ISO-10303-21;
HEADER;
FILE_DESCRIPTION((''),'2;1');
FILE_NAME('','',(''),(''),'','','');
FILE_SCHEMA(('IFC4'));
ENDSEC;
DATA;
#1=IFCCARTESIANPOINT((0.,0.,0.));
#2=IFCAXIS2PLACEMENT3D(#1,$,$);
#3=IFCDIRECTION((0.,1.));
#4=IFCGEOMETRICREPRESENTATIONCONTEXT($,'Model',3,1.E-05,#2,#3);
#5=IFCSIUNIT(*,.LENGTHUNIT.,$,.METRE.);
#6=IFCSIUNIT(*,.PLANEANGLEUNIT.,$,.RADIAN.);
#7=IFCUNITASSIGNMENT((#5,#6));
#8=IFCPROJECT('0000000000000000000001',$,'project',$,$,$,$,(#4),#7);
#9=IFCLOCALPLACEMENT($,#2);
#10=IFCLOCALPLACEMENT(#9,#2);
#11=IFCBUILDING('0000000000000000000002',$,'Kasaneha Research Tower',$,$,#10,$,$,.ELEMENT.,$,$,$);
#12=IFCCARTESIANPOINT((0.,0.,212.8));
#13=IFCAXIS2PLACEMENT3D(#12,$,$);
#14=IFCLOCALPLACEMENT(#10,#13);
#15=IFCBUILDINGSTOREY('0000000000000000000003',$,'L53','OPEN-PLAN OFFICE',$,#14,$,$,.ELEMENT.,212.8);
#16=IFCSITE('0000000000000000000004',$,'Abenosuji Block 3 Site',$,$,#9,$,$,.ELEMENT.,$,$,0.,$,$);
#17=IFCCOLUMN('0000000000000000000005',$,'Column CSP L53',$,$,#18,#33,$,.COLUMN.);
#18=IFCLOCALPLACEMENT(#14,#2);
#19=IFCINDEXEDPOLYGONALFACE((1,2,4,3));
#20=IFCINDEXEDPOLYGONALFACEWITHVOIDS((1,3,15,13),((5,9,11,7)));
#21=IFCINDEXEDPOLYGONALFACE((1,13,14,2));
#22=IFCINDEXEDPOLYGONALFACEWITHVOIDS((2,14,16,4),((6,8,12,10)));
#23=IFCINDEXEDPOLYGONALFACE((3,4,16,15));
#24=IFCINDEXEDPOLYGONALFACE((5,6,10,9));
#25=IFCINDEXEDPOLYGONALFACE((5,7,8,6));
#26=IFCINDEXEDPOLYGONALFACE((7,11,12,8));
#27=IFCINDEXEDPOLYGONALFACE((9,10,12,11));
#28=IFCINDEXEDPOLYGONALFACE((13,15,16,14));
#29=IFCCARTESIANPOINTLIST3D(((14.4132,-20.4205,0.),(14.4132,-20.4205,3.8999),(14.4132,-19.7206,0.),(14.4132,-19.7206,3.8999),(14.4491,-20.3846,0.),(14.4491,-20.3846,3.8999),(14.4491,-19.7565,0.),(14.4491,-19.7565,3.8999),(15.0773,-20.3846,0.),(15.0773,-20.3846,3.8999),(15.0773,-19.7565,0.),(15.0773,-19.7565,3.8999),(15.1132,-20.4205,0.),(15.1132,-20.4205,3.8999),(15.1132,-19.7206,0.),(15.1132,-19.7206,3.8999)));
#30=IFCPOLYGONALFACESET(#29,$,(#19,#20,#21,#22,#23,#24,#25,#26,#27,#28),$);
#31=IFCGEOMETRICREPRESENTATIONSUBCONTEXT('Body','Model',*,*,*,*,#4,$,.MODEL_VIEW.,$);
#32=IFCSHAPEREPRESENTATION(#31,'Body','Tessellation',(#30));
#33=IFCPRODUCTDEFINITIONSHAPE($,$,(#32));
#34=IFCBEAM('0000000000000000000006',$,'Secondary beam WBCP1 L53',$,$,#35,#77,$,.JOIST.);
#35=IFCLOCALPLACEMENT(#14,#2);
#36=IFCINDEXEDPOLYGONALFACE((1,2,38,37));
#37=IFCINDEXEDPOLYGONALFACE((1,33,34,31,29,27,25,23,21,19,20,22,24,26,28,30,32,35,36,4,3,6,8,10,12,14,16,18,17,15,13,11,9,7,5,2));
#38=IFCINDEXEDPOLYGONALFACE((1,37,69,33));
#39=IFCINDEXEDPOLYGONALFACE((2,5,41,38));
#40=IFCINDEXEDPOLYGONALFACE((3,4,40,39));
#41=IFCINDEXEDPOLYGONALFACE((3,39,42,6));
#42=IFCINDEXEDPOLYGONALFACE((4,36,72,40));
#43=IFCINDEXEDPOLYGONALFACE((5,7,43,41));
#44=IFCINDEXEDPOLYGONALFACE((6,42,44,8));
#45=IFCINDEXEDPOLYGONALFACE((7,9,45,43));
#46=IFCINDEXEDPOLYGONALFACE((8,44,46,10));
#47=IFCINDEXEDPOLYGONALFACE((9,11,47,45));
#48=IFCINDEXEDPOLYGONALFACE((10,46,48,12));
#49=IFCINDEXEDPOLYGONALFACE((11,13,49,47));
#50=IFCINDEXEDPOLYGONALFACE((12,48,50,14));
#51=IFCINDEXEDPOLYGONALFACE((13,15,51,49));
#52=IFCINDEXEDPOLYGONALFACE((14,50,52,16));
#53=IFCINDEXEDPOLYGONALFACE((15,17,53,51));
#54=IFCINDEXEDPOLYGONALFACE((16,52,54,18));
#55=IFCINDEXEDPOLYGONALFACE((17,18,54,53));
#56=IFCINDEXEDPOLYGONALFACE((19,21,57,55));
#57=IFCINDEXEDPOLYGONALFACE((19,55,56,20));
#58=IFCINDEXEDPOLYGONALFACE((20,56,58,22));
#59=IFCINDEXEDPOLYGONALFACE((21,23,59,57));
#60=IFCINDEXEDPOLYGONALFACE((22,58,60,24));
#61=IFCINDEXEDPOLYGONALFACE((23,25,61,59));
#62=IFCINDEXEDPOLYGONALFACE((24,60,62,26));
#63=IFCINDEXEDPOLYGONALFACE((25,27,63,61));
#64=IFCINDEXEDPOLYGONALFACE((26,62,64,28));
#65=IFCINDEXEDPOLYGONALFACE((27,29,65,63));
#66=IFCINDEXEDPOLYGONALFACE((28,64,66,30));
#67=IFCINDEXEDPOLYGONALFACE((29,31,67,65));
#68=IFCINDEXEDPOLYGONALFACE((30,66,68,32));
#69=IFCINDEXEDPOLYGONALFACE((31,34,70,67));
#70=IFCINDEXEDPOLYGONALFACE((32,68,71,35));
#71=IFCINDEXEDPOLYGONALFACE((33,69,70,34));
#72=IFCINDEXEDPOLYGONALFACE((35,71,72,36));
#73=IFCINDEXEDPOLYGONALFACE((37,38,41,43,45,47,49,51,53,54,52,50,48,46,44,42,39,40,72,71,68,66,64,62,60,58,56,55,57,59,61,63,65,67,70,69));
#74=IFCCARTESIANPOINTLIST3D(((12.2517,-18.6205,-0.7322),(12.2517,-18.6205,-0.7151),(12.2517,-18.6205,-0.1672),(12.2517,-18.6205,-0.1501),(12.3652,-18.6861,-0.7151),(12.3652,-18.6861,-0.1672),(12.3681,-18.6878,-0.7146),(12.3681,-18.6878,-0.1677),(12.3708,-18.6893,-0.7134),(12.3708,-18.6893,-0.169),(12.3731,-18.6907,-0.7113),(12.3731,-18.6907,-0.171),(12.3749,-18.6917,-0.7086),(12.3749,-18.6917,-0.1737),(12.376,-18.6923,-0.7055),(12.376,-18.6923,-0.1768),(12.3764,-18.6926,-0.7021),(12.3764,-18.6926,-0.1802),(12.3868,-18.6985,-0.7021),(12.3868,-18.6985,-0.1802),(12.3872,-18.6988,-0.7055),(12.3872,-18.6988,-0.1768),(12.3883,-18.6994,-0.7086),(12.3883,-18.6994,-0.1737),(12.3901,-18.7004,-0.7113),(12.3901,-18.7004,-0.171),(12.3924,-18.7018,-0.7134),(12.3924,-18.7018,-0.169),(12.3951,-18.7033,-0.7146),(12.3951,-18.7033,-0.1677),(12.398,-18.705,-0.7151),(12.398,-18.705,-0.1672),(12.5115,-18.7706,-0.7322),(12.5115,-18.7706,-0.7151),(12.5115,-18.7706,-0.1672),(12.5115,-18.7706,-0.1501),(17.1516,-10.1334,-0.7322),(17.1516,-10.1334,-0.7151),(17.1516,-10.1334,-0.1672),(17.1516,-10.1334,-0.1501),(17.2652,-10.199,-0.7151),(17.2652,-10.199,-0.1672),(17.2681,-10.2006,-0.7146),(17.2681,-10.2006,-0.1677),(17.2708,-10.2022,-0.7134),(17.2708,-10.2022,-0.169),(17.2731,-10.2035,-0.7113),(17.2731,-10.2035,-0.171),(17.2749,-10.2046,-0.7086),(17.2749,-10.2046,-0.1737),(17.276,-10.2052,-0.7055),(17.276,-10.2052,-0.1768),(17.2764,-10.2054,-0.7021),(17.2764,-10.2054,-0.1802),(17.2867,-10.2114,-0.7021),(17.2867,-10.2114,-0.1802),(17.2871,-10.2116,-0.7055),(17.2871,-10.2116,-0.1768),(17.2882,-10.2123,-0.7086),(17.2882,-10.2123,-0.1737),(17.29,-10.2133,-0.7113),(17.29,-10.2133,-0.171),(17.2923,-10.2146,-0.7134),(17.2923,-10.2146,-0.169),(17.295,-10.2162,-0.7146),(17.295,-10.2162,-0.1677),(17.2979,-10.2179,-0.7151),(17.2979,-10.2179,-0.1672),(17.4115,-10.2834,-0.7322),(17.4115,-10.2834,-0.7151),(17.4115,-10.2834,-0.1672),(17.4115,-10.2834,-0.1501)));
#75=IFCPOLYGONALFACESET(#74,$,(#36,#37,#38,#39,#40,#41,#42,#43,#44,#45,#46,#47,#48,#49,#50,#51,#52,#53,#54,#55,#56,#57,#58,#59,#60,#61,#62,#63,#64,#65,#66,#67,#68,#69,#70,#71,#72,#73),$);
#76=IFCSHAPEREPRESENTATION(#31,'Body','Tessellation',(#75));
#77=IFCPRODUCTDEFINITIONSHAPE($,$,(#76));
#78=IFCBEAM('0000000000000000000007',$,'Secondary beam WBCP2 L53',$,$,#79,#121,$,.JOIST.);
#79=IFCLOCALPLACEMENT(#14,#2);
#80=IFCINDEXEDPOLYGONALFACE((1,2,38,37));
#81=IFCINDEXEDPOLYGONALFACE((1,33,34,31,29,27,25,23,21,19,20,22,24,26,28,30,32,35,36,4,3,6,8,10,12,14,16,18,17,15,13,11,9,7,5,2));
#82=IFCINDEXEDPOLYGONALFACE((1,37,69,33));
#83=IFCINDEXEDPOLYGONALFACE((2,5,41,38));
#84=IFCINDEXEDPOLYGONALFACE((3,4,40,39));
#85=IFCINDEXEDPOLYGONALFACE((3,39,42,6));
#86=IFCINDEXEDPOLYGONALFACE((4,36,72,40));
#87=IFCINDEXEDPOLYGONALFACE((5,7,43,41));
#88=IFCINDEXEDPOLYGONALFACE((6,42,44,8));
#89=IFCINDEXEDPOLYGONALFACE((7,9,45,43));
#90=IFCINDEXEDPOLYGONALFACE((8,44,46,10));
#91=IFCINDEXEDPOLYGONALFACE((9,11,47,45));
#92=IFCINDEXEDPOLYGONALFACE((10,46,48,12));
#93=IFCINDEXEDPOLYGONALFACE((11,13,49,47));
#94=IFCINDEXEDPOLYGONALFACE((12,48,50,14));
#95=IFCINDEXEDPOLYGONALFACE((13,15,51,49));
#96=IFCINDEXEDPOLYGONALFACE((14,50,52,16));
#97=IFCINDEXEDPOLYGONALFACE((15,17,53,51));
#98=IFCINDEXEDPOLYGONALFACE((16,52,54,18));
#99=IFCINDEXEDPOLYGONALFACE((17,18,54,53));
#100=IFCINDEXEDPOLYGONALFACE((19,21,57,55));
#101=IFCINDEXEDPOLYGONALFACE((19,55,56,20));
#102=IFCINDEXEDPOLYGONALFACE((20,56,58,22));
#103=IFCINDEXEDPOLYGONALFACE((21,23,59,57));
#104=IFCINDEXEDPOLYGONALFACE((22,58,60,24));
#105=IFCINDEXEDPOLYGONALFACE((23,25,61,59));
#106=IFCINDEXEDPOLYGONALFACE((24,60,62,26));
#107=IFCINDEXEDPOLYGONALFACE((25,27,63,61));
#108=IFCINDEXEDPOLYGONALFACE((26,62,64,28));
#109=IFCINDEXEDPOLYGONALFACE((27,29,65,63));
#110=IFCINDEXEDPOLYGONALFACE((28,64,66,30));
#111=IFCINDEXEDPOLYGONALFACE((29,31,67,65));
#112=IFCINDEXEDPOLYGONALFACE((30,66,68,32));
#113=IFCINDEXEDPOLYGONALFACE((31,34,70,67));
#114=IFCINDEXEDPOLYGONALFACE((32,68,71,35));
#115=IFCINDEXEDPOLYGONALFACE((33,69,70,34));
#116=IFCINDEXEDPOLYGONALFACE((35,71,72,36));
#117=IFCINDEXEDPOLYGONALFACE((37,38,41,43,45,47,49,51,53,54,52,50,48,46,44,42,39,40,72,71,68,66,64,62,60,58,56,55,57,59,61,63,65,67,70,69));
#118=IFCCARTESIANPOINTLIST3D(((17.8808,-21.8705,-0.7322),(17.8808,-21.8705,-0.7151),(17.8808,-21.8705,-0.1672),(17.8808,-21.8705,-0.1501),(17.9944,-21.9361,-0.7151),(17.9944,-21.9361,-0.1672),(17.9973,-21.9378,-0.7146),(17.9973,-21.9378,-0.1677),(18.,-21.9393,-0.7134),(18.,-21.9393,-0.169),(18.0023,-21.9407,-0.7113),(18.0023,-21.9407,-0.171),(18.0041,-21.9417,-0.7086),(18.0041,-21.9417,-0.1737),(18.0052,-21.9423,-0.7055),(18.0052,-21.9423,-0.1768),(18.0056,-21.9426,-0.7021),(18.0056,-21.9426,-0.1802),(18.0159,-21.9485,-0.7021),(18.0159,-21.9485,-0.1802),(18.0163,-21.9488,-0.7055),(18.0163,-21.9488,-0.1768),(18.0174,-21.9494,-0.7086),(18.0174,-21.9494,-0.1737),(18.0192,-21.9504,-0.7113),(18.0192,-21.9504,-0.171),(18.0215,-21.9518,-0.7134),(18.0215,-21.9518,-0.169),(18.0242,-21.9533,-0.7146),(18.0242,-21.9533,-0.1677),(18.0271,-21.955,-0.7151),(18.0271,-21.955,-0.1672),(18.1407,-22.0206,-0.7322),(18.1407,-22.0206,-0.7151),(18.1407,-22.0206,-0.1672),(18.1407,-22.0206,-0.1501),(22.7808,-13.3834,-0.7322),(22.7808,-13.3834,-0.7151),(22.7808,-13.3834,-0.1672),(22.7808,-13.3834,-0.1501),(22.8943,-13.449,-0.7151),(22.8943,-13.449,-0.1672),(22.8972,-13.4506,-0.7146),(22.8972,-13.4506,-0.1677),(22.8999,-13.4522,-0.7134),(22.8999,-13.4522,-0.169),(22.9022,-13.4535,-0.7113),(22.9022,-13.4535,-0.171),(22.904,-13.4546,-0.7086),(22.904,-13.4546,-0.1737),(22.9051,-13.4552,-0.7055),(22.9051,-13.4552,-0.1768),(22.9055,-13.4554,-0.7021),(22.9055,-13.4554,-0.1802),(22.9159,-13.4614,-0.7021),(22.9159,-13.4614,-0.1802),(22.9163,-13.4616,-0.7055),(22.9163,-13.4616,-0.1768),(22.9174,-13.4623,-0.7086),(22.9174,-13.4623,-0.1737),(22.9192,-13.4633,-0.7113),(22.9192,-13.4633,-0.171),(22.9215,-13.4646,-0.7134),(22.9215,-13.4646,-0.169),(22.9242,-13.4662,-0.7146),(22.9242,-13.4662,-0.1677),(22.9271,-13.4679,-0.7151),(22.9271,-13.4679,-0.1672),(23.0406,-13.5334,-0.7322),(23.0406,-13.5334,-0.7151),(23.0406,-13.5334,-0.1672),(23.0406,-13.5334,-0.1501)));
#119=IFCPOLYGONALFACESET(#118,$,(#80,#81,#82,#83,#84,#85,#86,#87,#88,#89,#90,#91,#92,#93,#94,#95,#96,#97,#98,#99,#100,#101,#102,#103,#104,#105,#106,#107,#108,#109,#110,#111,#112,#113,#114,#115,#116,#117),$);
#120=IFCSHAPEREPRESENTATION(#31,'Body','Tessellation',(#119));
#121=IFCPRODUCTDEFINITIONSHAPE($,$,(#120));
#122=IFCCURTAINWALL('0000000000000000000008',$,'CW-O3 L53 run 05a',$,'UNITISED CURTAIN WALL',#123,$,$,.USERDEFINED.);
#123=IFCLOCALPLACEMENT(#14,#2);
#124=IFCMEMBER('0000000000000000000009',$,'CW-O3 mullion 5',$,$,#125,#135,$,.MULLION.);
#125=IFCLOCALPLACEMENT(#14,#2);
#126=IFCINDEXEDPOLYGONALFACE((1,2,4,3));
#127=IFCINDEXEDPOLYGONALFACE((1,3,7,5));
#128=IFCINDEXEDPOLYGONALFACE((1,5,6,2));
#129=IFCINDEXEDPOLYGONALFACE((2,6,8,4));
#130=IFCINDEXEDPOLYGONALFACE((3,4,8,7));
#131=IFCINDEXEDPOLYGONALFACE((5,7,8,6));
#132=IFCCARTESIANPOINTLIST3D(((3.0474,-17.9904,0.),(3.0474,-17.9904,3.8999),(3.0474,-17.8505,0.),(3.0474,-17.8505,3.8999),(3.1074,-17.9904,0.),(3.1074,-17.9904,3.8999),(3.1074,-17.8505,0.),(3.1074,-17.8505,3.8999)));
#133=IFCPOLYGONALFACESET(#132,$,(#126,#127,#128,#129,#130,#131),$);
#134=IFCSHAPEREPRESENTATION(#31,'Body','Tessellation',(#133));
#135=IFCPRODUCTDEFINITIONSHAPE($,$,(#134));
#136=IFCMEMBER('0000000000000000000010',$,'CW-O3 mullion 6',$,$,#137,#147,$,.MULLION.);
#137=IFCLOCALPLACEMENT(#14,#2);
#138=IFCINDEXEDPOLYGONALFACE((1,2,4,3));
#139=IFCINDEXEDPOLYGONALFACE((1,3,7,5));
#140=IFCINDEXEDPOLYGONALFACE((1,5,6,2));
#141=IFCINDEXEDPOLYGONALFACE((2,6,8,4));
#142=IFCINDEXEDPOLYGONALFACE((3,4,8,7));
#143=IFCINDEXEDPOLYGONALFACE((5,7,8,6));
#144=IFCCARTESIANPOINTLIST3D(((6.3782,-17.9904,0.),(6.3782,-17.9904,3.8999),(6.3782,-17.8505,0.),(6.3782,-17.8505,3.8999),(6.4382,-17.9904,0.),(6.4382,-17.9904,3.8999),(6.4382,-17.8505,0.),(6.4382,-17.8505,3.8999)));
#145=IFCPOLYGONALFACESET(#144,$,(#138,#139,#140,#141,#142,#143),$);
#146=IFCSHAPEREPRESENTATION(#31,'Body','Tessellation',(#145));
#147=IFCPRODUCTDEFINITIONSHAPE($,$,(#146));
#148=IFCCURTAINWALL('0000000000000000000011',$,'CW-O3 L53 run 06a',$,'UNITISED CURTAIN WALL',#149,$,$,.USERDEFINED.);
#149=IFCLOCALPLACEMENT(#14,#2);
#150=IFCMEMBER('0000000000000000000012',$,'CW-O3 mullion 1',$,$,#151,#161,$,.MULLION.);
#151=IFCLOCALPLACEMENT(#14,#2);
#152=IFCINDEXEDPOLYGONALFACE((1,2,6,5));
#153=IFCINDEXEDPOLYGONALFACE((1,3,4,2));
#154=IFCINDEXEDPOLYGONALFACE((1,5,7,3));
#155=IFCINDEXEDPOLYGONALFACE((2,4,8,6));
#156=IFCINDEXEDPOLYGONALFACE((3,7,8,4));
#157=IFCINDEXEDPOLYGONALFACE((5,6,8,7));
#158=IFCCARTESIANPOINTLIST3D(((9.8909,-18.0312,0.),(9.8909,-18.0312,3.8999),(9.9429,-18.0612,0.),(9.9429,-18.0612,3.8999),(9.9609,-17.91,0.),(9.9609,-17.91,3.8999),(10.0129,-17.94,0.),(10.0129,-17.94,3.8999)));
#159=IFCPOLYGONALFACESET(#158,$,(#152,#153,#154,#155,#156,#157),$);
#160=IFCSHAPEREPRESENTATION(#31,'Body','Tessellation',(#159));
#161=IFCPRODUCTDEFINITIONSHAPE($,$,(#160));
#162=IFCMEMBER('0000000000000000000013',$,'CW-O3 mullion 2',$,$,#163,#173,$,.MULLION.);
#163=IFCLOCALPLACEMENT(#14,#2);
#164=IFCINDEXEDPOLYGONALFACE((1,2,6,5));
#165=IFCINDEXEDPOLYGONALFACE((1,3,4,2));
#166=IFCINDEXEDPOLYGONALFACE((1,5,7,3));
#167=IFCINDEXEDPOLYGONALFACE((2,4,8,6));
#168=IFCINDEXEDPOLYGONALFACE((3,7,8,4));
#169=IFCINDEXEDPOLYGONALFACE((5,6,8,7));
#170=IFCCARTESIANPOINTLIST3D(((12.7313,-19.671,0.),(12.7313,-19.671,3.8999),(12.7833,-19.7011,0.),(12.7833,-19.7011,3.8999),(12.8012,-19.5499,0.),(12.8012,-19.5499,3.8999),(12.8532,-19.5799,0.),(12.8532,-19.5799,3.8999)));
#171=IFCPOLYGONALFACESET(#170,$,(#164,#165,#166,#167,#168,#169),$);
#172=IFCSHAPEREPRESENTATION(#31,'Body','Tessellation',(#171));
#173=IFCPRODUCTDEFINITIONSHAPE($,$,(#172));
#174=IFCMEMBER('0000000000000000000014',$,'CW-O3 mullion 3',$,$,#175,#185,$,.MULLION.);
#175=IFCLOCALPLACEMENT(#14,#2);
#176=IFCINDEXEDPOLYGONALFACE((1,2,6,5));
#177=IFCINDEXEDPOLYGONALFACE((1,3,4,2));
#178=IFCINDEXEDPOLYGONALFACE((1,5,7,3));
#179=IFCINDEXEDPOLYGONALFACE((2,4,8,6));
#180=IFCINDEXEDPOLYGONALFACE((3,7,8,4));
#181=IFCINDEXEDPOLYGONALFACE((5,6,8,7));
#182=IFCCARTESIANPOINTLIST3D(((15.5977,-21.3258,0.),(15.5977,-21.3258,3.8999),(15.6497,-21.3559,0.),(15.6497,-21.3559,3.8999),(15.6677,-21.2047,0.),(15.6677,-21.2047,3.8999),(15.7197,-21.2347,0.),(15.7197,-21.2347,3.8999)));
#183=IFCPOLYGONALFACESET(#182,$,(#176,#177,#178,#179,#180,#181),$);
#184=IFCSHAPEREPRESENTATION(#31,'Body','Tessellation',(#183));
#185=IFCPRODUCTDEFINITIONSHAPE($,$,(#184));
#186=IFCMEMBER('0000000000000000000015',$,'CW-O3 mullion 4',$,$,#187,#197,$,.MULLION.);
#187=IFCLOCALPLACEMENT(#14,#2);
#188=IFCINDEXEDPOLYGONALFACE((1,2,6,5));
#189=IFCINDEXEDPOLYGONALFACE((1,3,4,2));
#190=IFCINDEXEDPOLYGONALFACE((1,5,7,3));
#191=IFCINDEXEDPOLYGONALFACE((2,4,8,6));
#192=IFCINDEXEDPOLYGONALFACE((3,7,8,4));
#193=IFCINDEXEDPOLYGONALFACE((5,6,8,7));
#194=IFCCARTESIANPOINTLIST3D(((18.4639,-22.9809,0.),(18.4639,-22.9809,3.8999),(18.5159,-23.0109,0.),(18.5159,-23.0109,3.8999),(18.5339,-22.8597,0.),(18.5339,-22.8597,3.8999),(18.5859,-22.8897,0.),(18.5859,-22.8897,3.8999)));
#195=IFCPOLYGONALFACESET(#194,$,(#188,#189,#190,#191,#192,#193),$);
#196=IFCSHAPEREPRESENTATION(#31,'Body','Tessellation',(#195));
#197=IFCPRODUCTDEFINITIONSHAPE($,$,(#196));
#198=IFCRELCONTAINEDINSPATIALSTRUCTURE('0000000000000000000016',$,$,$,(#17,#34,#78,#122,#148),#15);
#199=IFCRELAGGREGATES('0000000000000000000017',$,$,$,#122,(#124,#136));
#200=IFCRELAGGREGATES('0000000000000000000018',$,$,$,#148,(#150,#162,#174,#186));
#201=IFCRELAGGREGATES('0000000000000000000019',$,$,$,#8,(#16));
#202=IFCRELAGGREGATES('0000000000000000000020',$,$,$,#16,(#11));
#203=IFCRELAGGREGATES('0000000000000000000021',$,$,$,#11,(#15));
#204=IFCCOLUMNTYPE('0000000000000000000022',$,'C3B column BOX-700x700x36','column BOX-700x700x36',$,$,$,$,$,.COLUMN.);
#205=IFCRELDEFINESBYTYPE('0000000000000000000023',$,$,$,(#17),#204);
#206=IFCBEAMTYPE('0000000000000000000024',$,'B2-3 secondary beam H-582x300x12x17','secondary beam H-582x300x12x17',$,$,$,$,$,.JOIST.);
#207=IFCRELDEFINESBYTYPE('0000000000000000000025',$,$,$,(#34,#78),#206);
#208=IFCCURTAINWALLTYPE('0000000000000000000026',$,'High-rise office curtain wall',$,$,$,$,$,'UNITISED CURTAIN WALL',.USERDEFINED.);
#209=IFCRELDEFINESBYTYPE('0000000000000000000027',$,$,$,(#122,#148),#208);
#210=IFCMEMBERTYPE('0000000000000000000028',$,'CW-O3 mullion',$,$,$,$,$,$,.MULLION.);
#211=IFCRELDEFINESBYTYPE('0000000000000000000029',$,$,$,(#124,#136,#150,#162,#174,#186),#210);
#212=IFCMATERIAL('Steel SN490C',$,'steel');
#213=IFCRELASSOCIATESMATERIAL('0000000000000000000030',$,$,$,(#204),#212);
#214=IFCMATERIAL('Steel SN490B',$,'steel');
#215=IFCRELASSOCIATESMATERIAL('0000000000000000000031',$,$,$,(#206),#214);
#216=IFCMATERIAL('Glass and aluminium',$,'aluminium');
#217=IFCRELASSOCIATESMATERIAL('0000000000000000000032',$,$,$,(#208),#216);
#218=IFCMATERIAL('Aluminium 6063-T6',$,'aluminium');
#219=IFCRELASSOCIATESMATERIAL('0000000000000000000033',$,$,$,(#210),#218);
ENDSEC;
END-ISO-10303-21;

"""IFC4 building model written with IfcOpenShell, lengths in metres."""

from ifc_helpers import new_model, si_unit, direction, frame, origin, origin_2d, place, context, subcontext, project, spatial, rectangle, hollow_rectangle, i_section, extrude, material, material_profile, profile_set, type_object, element, aggregate, save


model = new_model("IFC4")

# Units and contexts
model_context = context("Model", 3, precision=1e-05, world=origin(), true_north=direction((0.0, 1.0)))
body_context = subcontext(model_context, "Body", "Model", "MODEL_VIEW")
ifc_project = project(units=[si_unit("LENGTHUNIT", "METRE"), si_unit("PLANEANGLEUNIT", "RADIAN")], contexts=[model_context])

# Site, building, storey
site_placement = place(None, origin())
site = spatial("IfcSite", under=ifc_project, at=site_placement, Name="Abenosuji Block 3 Site", CompositionType="ELEMENT", RefElevation=0.0)
building_placement = place(site_placement, origin())
building = spatial("IfcBuilding", under=site, at=building_placement, Name="Kasaneha Research Tower", CompositionType="ELEMENT")
storey_placement = place(building_placement, frame((0.0, 0.0, 212.8)))
storey = spatial("IfcBuildingStorey", under=building, at=storey_placement, Name="L53", Description="OPEN-PLAN OFFICE", CompositionType="ELEMENT", Elevation=212.8)

# Column
ifc_material_1 = material(Name="Steel SN490C", Category="steel")
ifc_material_profile_1 = material_profile(ifc_material_1, hollow_rectangle(XDim=0.7, YDim=0.7, WallThickness=0.0359, at=origin_2d()), Name="BOX-700x700x36")
ifc_profile_set_1 = profile_set([ifc_material_profile_1], Name="Steel SN490C")
column_type = type_object("IfcColumnType", Name="C3B column BOX-700x700x36", Description="column BOX-700x700x36", PredefinedType="COLUMN", material=ifc_profile_set_1)
column_placement = place(storey_placement, frame((14.7632, -20.0706, 0.0), z_axis=(0.0, 0.0, 1.0), x_axis=(1.0, 0.0, 0.0)))
element("IfcColumn", 1, at=column_placement, inside=storey, type_object=column_type, Name="Column CSP L53", PredefinedType="COLUMN", context=body_context, shape_type="SweptSolid", body=[
    extrude(hollow_rectangle(XDim=0.7, YDim=0.7, WallThickness=0.0359, at=origin_2d()), origin(), (0.0, 0.0, 1.0), 3.8999),
])

# Beams
ifc_material_2 = material(Name="Steel SN490B", Category="steel")
ifc_material_profile_2 = material_profile(ifc_material_2, i_section(OverallWidth=0.3, OverallDepth=0.582, WebThickness=0.012, FlangeThickness=0.0171, FilletRadius=0.0129, at=origin_2d()), Name="H-582x300x12x17")
ifc_profile_set_2 = profile_set([ifc_material_profile_2], Name="Steel SN490B")
beam_type_1 = type_object("IfcBeamType", Name="B2-3 secondary beam H-582x300x12x17", Description="secondary beam H-582x300x12x17", PredefinedType="JOIST", material=ifc_profile_set_2)
for number, where, z_axis, x_axis, name in (
    (2, (12.3816, -18.6956, -0.4412), (0.499992, 0.86603, 0.0), (-0.86603, 0.499992, 0.0), "Secondary beam WBCP1 L53"),
    (3, (18.0107, -21.9456, -0.4412), (0.499992, 0.86603, 0.0), (-0.86603, 0.499992, 0.0), "Secondary beam WBCP2 L53"),
):
    element("IfcBeam", number, at=place(storey_placement, frame(where, z_axis=z_axis, x_axis=x_axis)), inside=storey, type_object=beam_type_1, Name=name, PredefinedType="JOIST", context=body_context, shape_type="SweptSolid", body=[
        extrude(i_section(OverallWidth=0.3, OverallDepth=0.582, WebThickness=0.012, FlangeThickness=0.0171, FilletRadius=0.0129, at=origin_2d()), origin(), (0.0, 0.0, 1.0), 9.8),
    ])

# Curtain walls, members
ifc_material_3 = material(Name="Glass and aluminium", Category="aluminium")
curtain_wall_type = type_object("IfcCurtainWallType", Name="High-rise office curtain wall", ElementType="UNITISED CURTAIN WALL", PredefinedType="USERDEFINED", material=ifc_material_3)
curtain_wall_1_placement = place(storey_placement, origin())
curtain_wall_1 = element("IfcCurtainWall", 4, at=curtain_wall_1_placement, inside=storey, type_object=curtain_wall_type, Name="CW-O3 L53 run 05a", ObjectType="UNITISED CURTAIN WALL", PredefinedType="USERDEFINED")
ifc_material_4 = material(Name="Aluminium 6063-T6", Category="aluminium")
ifc_material_profile_3 = material_profile(ifc_material_4, rectangle(XDim=0.0601, YDim=0.1399, at=origin_2d()), Name="CW-O3 mullion 60x140")
ifc_profile_set_3 = profile_set([ifc_material_profile_3], Name="Aluminium 6063-T6")
member_type_1 = type_object("IfcMemberType", Name="CW-O3 mullion", PredefinedType="MULLION", material=ifc_profile_set_3)
member_1_placement = place(storey_placement, frame((3.0774, -17.9204, 0.0), z_axis=(0.0, 0.0, 1.0), x_axis=(1.0, 0.0, 0.0)))
member_1 = element("IfcMember", 5, at=member_1_placement, type_object=member_type_1, Name="CW-O3 mullion 5", PredefinedType="MULLION", context=body_context, shape_type="SweptSolid", body=[
    extrude(rectangle(XDim=0.0601, YDim=0.1399, at=origin_2d()), origin(), (0.0, 0.0, 1.0), 3.8999),
])
member_2_placement = place(storey_placement, frame((6.4082, -17.9204, 0.0), z_axis=(0.0, 0.0, 1.0), x_axis=(1.0, 0.0, 0.0)))
member_2 = element("IfcMember", 6, at=member_2_placement, type_object=member_type_1, Name="CW-O3 mullion 6", PredefinedType="MULLION", context=body_context, shape_type="SweptSolid", body=[
    extrude(rectangle(XDim=0.0601, YDim=0.1399, at=origin_2d()), origin(), (0.0, 0.0, 1.0), 3.8999),
])
curtain_wall_2_placement = place(storey_placement, origin())
curtain_wall_2 = element("IfcCurtainWall", 7, at=curtain_wall_2_placement, inside=storey, type_object=curtain_wall_type, Name="CW-O3 L53 run 06a", ObjectType="UNITISED CURTAIN WALL", PredefinedType="USERDEFINED")
member_3_placement = place(storey_placement, frame((9.9519, -17.9856, 0.0), z_axis=(0.0, 0.0, 1.0), x_axis=(0.866025, -0.5, 0.0)))
member_3 = element("IfcMember", 8, at=member_3_placement, type_object=member_type_1, Name="CW-O3 mullion 1", PredefinedType="MULLION", context=body_context, shape_type="SweptSolid", body=[
    extrude(rectangle(XDim=0.0601, YDim=0.1399, at=origin_2d()), origin(), (0.0, 0.0, 1.0), 3.8999),
])
member_4_placement = place(storey_placement, frame((12.7922, -19.6255, 0.0), z_axis=(0.0, 0.0, 1.0), x_axis=(0.866025, -0.5, 0.0)))
member_4 = element("IfcMember", 9, at=member_4_placement, type_object=member_type_1, Name="CW-O3 mullion 2", PredefinedType="MULLION", context=body_context, shape_type="SweptSolid", body=[
    extrude(rectangle(XDim=0.0601, YDim=0.1399, at=origin_2d()), origin(), (0.0, 0.0, 1.0), 3.8999),
])
member_5_placement = place(storey_placement, frame((15.6587, -21.2803, 0.0), z_axis=(0.0, 0.0, 1.0), x_axis=(0.866025, -0.5, 0.0)))
member_5 = element("IfcMember", 10, at=member_5_placement, type_object=member_type_1, Name="CW-O3 mullion 3", PredefinedType="MULLION", context=body_context, shape_type="SweptSolid", body=[
    extrude(rectangle(XDim=0.0601, YDim=0.1399, at=origin_2d()), origin(), (0.0, 0.0, 1.0), 3.8999),
])
member_6_placement = place(storey_placement, frame((18.5249, -22.9353, 0.0), z_axis=(0.0, 0.0, 1.0), x_axis=(0.866025, -0.5, 0.0)))
member_6 = element("IfcMember", 11, at=member_6_placement, type_object=member_type_1, Name="CW-O3 mullion 4", PredefinedType="MULLION", context=body_context, shape_type="SweptSolid", body=[
    extrude(rectangle(XDim=0.0601, YDim=0.1399, at=origin_2d()), origin(), (0.0, 0.0, 1.0), 3.8999),
])

aggregate(curtain_wall_1, [member_1, member_2])
aggregate(curtain_wall_2, [member_3, member_4, member_5, member_6])

save(model, "model.ifc")
